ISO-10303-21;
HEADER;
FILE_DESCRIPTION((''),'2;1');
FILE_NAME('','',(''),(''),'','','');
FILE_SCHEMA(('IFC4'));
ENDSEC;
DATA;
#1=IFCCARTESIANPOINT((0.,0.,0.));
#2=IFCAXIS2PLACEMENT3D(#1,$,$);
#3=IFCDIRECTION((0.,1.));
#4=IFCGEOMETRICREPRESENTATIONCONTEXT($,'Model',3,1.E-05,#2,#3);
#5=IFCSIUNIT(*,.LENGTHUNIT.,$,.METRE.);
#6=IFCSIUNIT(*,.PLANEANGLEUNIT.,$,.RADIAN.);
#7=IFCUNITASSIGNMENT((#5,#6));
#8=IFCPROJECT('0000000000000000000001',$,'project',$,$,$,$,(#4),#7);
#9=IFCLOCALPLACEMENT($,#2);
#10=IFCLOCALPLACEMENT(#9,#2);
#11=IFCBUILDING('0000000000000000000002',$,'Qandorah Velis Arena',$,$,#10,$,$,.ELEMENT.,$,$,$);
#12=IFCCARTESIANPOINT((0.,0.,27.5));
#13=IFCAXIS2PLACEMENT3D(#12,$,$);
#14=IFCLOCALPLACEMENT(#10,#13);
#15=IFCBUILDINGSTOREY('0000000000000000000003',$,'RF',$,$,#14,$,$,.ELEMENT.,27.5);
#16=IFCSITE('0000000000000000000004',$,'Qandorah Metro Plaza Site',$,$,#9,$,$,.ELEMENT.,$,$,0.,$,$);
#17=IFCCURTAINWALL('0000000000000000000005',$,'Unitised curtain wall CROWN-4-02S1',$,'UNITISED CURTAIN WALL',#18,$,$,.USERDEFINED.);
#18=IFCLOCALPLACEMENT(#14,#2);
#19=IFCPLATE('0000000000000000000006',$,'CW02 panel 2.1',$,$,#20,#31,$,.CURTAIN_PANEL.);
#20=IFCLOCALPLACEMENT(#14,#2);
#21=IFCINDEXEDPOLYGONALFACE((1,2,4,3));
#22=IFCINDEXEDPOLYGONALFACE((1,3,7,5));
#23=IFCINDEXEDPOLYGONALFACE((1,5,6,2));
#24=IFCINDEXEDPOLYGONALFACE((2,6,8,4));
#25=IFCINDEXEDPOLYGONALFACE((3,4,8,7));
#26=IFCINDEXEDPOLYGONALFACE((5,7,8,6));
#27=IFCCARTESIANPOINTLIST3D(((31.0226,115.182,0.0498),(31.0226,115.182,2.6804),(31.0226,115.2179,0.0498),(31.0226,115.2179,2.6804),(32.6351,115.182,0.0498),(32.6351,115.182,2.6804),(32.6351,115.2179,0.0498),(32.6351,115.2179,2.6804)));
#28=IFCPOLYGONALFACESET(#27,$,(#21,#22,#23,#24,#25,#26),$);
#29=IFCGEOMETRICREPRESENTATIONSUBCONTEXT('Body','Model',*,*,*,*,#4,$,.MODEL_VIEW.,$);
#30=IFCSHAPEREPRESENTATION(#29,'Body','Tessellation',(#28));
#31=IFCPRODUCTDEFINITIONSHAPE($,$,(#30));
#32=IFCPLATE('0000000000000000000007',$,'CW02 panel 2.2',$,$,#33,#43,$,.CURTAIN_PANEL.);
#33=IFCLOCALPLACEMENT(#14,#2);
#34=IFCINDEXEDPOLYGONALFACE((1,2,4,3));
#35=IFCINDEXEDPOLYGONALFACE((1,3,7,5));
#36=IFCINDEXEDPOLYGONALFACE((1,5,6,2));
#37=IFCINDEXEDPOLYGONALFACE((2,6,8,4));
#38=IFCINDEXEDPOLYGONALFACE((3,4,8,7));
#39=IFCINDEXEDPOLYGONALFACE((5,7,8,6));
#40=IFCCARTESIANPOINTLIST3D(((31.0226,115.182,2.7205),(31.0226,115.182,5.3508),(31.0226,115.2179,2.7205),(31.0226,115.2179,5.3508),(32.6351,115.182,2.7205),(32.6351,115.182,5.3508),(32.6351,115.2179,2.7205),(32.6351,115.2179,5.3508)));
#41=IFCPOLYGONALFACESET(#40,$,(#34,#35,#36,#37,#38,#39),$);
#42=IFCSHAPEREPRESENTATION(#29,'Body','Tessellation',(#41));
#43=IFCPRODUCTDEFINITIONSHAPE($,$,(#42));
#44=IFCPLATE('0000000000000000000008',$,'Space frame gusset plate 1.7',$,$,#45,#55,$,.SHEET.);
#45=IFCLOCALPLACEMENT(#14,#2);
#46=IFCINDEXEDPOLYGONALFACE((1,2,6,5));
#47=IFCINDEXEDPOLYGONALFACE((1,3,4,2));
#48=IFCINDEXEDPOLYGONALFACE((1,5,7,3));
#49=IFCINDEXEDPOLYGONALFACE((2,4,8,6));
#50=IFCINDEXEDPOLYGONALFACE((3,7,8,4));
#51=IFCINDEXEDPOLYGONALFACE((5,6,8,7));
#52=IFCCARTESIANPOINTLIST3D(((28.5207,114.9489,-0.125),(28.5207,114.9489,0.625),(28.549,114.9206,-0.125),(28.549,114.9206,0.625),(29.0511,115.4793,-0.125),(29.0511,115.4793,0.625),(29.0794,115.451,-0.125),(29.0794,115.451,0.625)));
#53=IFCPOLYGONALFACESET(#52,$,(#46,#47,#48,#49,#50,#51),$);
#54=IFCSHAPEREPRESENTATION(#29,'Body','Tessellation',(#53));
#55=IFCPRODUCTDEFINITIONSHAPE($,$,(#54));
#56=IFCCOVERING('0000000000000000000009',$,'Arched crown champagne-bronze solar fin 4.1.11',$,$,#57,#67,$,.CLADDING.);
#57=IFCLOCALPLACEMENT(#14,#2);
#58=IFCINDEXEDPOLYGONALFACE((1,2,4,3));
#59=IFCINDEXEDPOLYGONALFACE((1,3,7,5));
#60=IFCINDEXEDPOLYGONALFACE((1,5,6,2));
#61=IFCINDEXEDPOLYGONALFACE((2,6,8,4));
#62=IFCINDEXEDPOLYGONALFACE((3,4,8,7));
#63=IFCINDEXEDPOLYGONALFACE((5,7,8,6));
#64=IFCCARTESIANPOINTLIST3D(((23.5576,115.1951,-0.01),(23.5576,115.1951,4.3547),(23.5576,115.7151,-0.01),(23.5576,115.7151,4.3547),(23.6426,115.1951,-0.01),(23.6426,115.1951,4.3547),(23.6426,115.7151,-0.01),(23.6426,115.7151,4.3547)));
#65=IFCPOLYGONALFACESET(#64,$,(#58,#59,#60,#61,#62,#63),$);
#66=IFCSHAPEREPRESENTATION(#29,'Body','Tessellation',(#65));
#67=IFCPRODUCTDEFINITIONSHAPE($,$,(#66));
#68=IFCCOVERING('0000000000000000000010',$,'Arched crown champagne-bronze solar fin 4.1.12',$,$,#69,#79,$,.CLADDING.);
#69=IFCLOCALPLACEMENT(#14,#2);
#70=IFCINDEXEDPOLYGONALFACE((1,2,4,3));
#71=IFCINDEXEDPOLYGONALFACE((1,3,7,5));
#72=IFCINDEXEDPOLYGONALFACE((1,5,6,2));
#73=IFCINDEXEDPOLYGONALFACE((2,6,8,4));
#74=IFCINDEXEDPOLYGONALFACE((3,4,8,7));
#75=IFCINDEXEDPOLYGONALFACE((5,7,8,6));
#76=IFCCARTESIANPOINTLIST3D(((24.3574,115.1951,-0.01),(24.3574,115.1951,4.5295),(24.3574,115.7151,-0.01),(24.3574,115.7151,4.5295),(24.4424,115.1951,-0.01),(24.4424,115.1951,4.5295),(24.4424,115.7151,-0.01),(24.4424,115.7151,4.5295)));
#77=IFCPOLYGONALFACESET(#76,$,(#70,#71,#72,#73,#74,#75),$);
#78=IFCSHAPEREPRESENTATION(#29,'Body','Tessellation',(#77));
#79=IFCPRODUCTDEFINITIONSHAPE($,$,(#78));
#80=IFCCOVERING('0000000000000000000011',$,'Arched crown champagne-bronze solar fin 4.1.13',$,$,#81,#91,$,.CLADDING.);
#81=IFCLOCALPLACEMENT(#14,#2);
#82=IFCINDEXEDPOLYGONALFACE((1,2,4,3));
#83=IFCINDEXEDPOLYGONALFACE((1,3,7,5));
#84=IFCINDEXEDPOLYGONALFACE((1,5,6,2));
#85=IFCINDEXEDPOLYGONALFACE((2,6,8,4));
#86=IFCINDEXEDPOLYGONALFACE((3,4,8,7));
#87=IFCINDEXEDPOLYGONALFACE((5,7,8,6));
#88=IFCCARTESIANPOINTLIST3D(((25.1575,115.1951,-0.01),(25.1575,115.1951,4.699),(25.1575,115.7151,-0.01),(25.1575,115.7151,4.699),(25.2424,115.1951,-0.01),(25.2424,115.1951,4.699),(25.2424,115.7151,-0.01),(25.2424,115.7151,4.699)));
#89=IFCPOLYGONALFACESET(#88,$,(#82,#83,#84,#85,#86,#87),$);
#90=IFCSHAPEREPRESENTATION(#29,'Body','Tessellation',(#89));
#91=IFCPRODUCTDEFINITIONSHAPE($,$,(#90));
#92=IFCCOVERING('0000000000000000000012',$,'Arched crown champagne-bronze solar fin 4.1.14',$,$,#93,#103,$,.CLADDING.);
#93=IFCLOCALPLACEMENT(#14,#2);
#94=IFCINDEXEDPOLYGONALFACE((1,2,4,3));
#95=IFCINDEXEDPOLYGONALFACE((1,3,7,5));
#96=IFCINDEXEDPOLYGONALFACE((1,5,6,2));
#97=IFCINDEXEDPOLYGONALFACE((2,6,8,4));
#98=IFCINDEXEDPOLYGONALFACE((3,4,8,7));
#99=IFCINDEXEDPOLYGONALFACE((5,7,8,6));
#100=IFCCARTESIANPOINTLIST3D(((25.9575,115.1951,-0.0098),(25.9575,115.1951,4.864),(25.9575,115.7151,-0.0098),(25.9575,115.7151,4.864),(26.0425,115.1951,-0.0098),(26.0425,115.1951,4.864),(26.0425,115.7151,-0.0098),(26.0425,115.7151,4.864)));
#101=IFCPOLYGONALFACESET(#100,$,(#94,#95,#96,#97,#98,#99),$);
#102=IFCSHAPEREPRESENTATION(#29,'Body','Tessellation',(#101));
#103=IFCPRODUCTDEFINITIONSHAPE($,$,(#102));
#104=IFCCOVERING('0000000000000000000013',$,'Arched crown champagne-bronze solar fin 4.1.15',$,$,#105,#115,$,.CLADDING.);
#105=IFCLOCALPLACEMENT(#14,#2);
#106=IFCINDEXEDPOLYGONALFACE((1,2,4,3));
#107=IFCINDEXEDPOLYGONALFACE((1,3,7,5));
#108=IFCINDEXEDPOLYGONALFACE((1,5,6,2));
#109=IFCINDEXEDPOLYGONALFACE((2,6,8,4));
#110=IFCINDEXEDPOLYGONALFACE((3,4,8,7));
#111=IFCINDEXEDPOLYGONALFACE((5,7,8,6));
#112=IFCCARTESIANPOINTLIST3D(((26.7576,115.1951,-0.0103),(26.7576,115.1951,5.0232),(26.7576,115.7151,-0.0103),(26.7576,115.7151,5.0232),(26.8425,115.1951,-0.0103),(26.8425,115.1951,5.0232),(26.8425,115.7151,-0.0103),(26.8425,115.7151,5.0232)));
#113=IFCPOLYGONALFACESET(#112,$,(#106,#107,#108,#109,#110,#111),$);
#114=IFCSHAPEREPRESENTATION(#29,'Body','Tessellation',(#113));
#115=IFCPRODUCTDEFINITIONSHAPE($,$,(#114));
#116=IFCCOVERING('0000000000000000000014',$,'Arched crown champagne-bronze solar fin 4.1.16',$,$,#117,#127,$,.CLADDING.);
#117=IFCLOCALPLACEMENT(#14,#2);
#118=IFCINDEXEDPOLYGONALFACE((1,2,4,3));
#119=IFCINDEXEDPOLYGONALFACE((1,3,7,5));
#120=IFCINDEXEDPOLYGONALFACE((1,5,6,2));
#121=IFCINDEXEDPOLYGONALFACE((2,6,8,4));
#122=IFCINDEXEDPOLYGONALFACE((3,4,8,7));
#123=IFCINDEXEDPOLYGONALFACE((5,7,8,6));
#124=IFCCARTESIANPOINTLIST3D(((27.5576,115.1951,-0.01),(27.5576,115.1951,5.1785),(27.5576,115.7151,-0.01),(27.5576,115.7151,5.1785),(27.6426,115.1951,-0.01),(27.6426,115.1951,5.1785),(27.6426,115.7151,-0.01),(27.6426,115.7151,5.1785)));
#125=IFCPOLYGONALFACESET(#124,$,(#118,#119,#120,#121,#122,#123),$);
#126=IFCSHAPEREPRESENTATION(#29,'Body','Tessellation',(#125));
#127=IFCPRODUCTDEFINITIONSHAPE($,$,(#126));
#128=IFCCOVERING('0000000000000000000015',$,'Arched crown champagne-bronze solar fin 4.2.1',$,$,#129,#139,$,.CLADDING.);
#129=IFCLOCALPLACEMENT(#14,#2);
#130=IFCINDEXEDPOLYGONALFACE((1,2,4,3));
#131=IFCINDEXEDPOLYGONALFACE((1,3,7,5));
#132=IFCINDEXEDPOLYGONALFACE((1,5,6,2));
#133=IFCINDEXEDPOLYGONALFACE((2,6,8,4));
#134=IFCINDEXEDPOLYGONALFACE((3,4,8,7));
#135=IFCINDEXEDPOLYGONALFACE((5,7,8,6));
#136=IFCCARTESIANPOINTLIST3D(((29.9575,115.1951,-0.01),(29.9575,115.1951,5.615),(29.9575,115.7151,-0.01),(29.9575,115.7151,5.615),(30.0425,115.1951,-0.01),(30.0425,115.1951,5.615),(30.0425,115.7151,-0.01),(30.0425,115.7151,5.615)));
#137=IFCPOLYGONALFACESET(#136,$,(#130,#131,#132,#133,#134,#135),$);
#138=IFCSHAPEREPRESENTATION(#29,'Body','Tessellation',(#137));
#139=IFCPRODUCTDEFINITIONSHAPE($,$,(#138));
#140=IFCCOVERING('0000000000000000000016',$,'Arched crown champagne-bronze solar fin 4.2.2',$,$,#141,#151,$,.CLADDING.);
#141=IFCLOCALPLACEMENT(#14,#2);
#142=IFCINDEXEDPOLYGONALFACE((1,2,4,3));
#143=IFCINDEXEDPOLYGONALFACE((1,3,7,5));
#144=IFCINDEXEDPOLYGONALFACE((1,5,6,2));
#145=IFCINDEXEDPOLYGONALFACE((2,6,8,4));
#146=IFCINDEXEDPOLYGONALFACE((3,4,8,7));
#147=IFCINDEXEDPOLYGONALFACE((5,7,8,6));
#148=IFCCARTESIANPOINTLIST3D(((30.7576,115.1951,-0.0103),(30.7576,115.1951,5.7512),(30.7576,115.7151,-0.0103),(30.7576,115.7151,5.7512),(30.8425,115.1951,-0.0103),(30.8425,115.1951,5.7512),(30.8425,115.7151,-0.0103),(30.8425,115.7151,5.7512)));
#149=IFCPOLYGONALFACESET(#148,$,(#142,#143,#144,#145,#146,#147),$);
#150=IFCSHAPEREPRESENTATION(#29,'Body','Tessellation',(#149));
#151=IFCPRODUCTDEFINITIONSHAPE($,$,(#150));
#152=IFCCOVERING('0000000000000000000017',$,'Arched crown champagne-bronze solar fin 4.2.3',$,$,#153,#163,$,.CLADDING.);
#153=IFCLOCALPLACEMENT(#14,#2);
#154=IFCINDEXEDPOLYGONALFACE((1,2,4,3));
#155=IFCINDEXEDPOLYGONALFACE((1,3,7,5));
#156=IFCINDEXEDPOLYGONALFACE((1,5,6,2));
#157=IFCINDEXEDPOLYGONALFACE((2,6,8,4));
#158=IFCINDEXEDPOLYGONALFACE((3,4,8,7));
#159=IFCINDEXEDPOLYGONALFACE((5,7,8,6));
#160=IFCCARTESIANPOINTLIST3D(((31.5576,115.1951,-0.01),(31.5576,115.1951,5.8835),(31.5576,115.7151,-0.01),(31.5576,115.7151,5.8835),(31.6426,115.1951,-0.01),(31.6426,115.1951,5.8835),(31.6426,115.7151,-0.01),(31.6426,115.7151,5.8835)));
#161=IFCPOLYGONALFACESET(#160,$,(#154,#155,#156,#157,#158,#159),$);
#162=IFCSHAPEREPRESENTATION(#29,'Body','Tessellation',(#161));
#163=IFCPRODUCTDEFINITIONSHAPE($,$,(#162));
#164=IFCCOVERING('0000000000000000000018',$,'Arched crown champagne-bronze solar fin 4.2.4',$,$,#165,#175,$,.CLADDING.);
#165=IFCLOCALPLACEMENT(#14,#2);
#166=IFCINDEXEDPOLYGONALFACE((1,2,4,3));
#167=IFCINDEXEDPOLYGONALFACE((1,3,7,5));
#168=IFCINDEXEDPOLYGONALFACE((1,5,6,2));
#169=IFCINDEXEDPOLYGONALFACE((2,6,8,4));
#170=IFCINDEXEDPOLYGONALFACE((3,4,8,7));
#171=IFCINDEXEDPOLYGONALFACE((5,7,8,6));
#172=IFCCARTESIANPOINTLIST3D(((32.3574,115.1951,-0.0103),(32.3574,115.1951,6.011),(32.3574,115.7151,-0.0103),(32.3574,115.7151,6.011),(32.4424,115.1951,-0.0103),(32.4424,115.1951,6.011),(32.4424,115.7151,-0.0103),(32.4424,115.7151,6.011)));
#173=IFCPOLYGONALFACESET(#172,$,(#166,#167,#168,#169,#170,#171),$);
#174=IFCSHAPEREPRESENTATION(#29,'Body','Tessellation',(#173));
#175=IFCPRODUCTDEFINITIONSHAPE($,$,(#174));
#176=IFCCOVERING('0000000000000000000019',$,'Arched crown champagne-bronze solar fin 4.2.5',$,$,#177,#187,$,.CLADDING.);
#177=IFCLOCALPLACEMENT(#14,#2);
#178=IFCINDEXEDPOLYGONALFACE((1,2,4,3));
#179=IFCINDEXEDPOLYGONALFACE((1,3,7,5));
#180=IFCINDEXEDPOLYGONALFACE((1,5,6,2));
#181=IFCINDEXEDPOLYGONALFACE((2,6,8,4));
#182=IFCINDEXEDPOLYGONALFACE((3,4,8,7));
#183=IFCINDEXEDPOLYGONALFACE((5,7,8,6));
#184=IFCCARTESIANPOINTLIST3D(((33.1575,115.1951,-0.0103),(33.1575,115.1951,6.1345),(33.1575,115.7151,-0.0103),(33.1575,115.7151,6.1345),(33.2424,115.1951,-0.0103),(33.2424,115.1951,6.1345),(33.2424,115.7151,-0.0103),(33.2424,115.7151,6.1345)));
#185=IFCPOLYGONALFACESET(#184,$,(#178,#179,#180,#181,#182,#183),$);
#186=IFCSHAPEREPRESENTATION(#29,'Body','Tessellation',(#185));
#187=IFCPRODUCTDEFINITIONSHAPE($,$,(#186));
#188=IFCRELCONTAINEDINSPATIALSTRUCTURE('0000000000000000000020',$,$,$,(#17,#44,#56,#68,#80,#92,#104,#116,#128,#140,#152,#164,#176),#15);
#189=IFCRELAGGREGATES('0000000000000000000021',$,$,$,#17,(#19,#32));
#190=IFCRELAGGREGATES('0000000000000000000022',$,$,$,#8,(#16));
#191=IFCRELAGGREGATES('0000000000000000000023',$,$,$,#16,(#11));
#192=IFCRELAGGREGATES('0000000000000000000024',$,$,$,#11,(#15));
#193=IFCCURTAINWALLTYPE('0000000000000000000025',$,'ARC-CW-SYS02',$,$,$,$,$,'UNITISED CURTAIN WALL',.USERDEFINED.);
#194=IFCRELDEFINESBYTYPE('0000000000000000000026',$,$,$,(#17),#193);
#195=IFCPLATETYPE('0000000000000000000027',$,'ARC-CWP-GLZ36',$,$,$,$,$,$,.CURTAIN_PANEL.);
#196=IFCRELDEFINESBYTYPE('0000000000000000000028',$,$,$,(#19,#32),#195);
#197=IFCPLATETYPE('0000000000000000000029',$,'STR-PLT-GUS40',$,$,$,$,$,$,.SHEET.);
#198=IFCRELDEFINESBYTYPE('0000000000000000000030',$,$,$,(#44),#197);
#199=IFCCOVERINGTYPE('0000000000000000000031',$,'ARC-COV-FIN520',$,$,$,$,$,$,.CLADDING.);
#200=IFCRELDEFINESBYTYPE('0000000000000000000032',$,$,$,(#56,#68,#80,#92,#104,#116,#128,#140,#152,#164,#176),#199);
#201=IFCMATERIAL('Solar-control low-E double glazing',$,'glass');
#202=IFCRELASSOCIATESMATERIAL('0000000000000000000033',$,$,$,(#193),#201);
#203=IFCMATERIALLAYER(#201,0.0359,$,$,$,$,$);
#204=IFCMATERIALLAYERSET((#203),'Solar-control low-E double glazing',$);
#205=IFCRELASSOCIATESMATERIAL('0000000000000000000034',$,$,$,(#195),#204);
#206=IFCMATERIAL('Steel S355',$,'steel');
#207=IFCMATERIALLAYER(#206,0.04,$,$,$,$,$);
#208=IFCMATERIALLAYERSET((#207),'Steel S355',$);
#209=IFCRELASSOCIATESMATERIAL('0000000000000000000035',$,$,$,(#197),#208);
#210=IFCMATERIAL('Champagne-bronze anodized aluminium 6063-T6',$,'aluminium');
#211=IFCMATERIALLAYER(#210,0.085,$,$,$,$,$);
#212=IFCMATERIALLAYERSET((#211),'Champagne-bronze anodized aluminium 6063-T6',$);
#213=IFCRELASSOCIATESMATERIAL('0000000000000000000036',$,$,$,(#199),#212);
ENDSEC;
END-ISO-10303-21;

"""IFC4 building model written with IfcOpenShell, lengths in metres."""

from ifc_helpers import new_model, si_unit, direction, frame, origin, origin_2d, place, context, subcontext, project, spatial, rectangle, extrude, material, layer, layer_set, type_object, element, aggregate, save


model = new_model("IFC4")

# Units and contexts
model_context = context("Model", 3, precision=1e-05, world=origin(), true_north=direction((0.0, 1.0)))
body_context = subcontext(model_context, "Body", "Model", "MODEL_VIEW")
ifc_project = project(units=[si_unit("LENGTHUNIT", "METRE"), si_unit("PLANEANGLEUNIT", "RADIAN")], contexts=[model_context])

# Site, building, storey
site_placement = place(None, origin())
site = spatial("IfcSite", under=ifc_project, at=site_placement, Name="Qandorah Metro Plaza Site", CompositionType="ELEMENT", RefElevation=0.0)
building_placement = place(site_placement, origin())
building = spatial("IfcBuilding", under=site, at=building_placement, Name="Qandorah Velis Arena", CompositionType="ELEMENT")
storey_placement = place(building_placement, frame((0.0, 0.0, 27.5)))
storey = spatial("IfcBuildingStorey", under=building, at=storey_placement, Name="RF", CompositionType="ELEMENT", Elevation=27.5)

# Curtain wall
ifc_material_1 = material(Name="Solar-control low-E double glazing", Category="glass")
curtain_wall_type = type_object("IfcCurtainWallType", Name="ARC-CW-SYS02", ElementType="UNITISED CURTAIN WALL", PredefinedType="USERDEFINED", material=ifc_material_1)
curtain_wall_placement = place(storey_placement, origin())
curtain_wall = element("IfcCurtainWall", 1, at=curtain_wall_placement, inside=storey, type_object=curtain_wall_type, Name="Unitised curtain wall CROWN-4-02S1", ObjectType="UNITISED CURTAIN WALL", PredefinedType="USERDEFINED")
ifc_material_2 = material(Name="Champagne-bronze anodized aluminium 6063-T6", Category="aluminium")

# Shared definitions
ifc_material_3 = material(Name="Steel S355", Category="steel")

# Plates
ifc_layer_1 = layer(ifc_material_1, 0.0359)
ifc_layer_set_1 = layer_set([ifc_layer_1], Name="Solar-control low-E double glazing")
plate_type_1 = type_object("IfcPlateType", Name="ARC-CWP-GLZ36", PredefinedType="CURTAIN_PANEL", material=ifc_layer_set_1)
plate_1_placement = place(storey_placement, frame((31.8289, 115.2, 0.0498), z_axis=(0.0, 0.0, 1.0), x_axis=(1.0, 0.0, 0.0)))
plate_1 = element("IfcPlate", 2, at=plate_1_placement, type_object=plate_type_1, Name="CW02 panel 2.1", PredefinedType="CURTAIN_PANEL", context=body_context, shape_type="SweptSolid", body=[
    extrude(rectangle(XDim=1.6125, YDim=0.0359, at=origin_2d()), origin(), (0.0, 0.0, 1.0), 2.6306),
])
plate_2_placement = place(storey_placement, frame((31.8289, 115.2, 2.7205), z_axis=(0.0, 0.0, 1.0), x_axis=(1.0, 0.0, 0.0)))
plate_2 = element("IfcPlate", 3, at=plate_2_placement, type_object=plate_type_1, Name="CW02 panel 2.2", PredefinedType="CURTAIN_PANEL", context=body_context, shape_type="SweptSolid", body=[
    extrude(rectangle(XDim=1.6125, YDim=0.0359, at=origin_2d()), origin(), (0.0, 0.0, 1.0), 2.6304),
])
aggregate(curtain_wall, [plate_1, plate_2])
ifc_layer_2 = layer(ifc_material_3, 0.04)
ifc_layer_set_2 = layer_set([ifc_layer_2], Name="Steel S355")
plate_type_2 = type_object("IfcPlateType", Name="STR-PLT-GUS40", PredefinedType="SHEET", material=ifc_layer_set_2)
plate_3_placement = place(storey_placement, frame((28.8, 115.2, -0.125), z_axis=(0.0, 0.0, 1.0), x_axis=(0.707107, 0.707107, 0.0)))
element("IfcPlate", 4, at=plate_3_placement, inside=storey, type_object=plate_type_2, Name="Space frame gusset plate 1.7", PredefinedType="SHEET", context=body_context, shape_type="SweptSolid", body=[
    extrude(rectangle(XDim=0.75, YDim=0.04, at=origin_2d()), origin(), (0.0, 0.0, 1.0), 0.75),
])

# Coverings
ifc_layer_3 = layer(ifc_material_2, 0.085)
ifc_layer_set_3 = layer_set([ifc_layer_3], Name="Champagne-bronze anodized aluminium 6063-T6")
covering_type = type_object("IfcCoveringType", Name="ARC-COV-FIN520", PredefinedType="CLADDING", material=ifc_layer_set_3)
covering_1_placement = place(storey_placement, frame((23.6001, 115.4551, -0.01), z_axis=(0.0, 0.0, 1.0), x_axis=(1.0, 0.0, 0.0)))
element("IfcCovering", 5, at=covering_1_placement, inside=storey, type_object=covering_type, Name="Arched crown champagne-bronze solar fin 4.1.11", PredefinedType="CLADDING", context=body_context, shape_type="SweptSolid", body=[
    extrude(rectangle(XDim=0.085, YDim=0.52, at=origin_2d()), origin(), (0.0, 0.0, 1.0), 4.3647),
])
covering_2_placement = place(storey_placement, frame((24.3999, 115.4551, -0.01), z_axis=(0.0, 0.0, 1.0), x_axis=(1.0, 0.0, 0.0)))
element("IfcCovering", 6, at=covering_2_placement, inside=storey, type_object=covering_type, Name="Arched crown champagne-bronze solar fin 4.1.12", PredefinedType="CLADDING", context=body_context, shape_type="SweptSolid", body=[
    extrude(rectangle(XDim=0.085, YDim=0.52, at=origin_2d()), origin(), (0.0, 0.0, 1.0), 4.5396),
])
covering_3_placement = place(storey_placement, frame((25.2, 115.4551, -0.01), z_axis=(0.0, 0.0, 1.0), x_axis=(1.0, 0.0, 0.0)))
element("IfcCovering", 7, at=covering_3_placement, inside=storey, type_object=covering_type, Name="Arched crown champagne-bronze solar fin 4.1.13", PredefinedType="CLADDING", context=body_context, shape_type="SweptSolid", body=[
    extrude(rectangle(XDim=0.085, YDim=0.52, at=origin_2d()), origin(), (0.0, 0.0, 1.0), 4.709),
])
covering_4_placement = place(storey_placement, frame((26.0, 115.4551, -0.0098), z_axis=(0.0, 0.0, 1.0), x_axis=(1.0, 0.0, 0.0)))
element("IfcCovering", 8, at=covering_4_placement, inside=storey, type_object=covering_type, Name="Arched crown champagne-bronze solar fin 4.1.14", PredefinedType="CLADDING", context=body_context, shape_type="SweptSolid", body=[
    extrude(rectangle(XDim=0.085, YDim=0.52, at=origin_2d()), origin(), (0.0, 0.0, 1.0), 4.8738),
])
covering_5_placement = place(storey_placement, frame((26.8, 115.4551, -0.0103), z_axis=(0.0, 0.0, 1.0), x_axis=(1.0, 0.0, 0.0)))
element("IfcCovering", 9, at=covering_5_placement, inside=storey, type_object=covering_type, Name="Arched crown champagne-bronze solar fin 4.1.15", PredefinedType="CLADDING", context=body_context, shape_type="SweptSolid", body=[
    extrude(rectangle(XDim=0.085, YDim=0.52, at=origin_2d()), origin(), (0.0, 0.0, 1.0), 5.0334),
])
covering_6_placement = place(storey_placement, frame((27.6001, 115.4551, -0.01), z_axis=(0.0, 0.0, 1.0), x_axis=(1.0, 0.0, 0.0)))
element("IfcCovering", 10, at=covering_6_placement, inside=storey, type_object=covering_type, Name="Arched crown champagne-bronze solar fin 4.1.16", PredefinedType="CLADDING", context=body_context, shape_type="SweptSolid", body=[
    extrude(rectangle(XDim=0.085, YDim=0.52, at=origin_2d()), origin(), (0.0, 0.0, 1.0), 5.1885),
])
covering_7_placement = place(storey_placement, frame((30.0, 115.4551, -0.01), z_axis=(0.0, 0.0, 1.0), x_axis=(1.0, 0.0, 0.0)))
element("IfcCovering", 11, at=covering_7_placement, inside=storey, type_object=covering_type, Name="Arched crown champagne-bronze solar fin 4.2.1", PredefinedType="CLADDING", context=body_context, shape_type="SweptSolid", body=[
    extrude(rectangle(XDim=0.085, YDim=0.52, at=origin_2d()), origin(), (0.0, 0.0, 1.0), 5.625),
])
covering_8_placement = place(storey_placement, frame((30.8, 115.4551, -0.0103), z_axis=(0.0, 0.0, 1.0), x_axis=(1.0, 0.0, 0.0)))
element("IfcCovering", 12, at=covering_8_placement, inside=storey, type_object=covering_type, Name="Arched crown champagne-bronze solar fin 4.2.2", PredefinedType="CLADDING", context=body_context, shape_type="SweptSolid", body=[
    extrude(rectangle(XDim=0.085, YDim=0.52, at=origin_2d()), origin(), (0.0, 0.0, 1.0), 5.7615),
])
covering_9_placement = place(storey_placement, frame((31.6001, 115.4551, -0.01), z_axis=(0.0, 0.0, 1.0), x_axis=(1.0, 0.0, 0.0)))
element("IfcCovering", 13, at=covering_9_placement, inside=storey, type_object=covering_type, Name="Arched crown champagne-bronze solar fin 4.2.3", PredefinedType="CLADDING", context=body_context, shape_type="SweptSolid", body=[
    extrude(rectangle(XDim=0.085, YDim=0.52, at=origin_2d()), origin(), (0.0, 0.0, 1.0), 5.8936),
])
covering_10_placement = place(storey_placement, frame((32.3999, 115.4551, -0.0103), z_axis=(0.0, 0.0, 1.0), x_axis=(1.0, 0.0, 0.0)))
element("IfcCovering", 14, at=covering_10_placement, inside=storey, type_object=covering_type, Name="Arched crown champagne-bronze solar fin 4.2.4", PredefinedType="CLADDING", context=body_context, shape_type="SweptSolid", body=[
    extrude(rectangle(XDim=0.085, YDim=0.52, at=origin_2d()), origin(), (0.0, 0.0, 1.0), 6.0212),
])
covering_11_placement = place(storey_placement, frame((33.2, 115.4551, -0.0103), z_axis=(0.0, 0.0, 1.0), x_axis=(1.0, 0.0, 0.0)))
element("IfcCovering", 15, at=covering_11_placement, inside=storey, type_object=covering_type, Name="Arched crown champagne-bronze solar fin 4.2.5", PredefinedType="CLADDING", context=body_context, shape_type="SweptSolid", body=[
    extrude(rectangle(XDim=0.085, YDim=0.52, at=origin_2d()), origin(), (0.0, 0.0, 1.0), 6.1448),
])

save(model, "model.ifc")
